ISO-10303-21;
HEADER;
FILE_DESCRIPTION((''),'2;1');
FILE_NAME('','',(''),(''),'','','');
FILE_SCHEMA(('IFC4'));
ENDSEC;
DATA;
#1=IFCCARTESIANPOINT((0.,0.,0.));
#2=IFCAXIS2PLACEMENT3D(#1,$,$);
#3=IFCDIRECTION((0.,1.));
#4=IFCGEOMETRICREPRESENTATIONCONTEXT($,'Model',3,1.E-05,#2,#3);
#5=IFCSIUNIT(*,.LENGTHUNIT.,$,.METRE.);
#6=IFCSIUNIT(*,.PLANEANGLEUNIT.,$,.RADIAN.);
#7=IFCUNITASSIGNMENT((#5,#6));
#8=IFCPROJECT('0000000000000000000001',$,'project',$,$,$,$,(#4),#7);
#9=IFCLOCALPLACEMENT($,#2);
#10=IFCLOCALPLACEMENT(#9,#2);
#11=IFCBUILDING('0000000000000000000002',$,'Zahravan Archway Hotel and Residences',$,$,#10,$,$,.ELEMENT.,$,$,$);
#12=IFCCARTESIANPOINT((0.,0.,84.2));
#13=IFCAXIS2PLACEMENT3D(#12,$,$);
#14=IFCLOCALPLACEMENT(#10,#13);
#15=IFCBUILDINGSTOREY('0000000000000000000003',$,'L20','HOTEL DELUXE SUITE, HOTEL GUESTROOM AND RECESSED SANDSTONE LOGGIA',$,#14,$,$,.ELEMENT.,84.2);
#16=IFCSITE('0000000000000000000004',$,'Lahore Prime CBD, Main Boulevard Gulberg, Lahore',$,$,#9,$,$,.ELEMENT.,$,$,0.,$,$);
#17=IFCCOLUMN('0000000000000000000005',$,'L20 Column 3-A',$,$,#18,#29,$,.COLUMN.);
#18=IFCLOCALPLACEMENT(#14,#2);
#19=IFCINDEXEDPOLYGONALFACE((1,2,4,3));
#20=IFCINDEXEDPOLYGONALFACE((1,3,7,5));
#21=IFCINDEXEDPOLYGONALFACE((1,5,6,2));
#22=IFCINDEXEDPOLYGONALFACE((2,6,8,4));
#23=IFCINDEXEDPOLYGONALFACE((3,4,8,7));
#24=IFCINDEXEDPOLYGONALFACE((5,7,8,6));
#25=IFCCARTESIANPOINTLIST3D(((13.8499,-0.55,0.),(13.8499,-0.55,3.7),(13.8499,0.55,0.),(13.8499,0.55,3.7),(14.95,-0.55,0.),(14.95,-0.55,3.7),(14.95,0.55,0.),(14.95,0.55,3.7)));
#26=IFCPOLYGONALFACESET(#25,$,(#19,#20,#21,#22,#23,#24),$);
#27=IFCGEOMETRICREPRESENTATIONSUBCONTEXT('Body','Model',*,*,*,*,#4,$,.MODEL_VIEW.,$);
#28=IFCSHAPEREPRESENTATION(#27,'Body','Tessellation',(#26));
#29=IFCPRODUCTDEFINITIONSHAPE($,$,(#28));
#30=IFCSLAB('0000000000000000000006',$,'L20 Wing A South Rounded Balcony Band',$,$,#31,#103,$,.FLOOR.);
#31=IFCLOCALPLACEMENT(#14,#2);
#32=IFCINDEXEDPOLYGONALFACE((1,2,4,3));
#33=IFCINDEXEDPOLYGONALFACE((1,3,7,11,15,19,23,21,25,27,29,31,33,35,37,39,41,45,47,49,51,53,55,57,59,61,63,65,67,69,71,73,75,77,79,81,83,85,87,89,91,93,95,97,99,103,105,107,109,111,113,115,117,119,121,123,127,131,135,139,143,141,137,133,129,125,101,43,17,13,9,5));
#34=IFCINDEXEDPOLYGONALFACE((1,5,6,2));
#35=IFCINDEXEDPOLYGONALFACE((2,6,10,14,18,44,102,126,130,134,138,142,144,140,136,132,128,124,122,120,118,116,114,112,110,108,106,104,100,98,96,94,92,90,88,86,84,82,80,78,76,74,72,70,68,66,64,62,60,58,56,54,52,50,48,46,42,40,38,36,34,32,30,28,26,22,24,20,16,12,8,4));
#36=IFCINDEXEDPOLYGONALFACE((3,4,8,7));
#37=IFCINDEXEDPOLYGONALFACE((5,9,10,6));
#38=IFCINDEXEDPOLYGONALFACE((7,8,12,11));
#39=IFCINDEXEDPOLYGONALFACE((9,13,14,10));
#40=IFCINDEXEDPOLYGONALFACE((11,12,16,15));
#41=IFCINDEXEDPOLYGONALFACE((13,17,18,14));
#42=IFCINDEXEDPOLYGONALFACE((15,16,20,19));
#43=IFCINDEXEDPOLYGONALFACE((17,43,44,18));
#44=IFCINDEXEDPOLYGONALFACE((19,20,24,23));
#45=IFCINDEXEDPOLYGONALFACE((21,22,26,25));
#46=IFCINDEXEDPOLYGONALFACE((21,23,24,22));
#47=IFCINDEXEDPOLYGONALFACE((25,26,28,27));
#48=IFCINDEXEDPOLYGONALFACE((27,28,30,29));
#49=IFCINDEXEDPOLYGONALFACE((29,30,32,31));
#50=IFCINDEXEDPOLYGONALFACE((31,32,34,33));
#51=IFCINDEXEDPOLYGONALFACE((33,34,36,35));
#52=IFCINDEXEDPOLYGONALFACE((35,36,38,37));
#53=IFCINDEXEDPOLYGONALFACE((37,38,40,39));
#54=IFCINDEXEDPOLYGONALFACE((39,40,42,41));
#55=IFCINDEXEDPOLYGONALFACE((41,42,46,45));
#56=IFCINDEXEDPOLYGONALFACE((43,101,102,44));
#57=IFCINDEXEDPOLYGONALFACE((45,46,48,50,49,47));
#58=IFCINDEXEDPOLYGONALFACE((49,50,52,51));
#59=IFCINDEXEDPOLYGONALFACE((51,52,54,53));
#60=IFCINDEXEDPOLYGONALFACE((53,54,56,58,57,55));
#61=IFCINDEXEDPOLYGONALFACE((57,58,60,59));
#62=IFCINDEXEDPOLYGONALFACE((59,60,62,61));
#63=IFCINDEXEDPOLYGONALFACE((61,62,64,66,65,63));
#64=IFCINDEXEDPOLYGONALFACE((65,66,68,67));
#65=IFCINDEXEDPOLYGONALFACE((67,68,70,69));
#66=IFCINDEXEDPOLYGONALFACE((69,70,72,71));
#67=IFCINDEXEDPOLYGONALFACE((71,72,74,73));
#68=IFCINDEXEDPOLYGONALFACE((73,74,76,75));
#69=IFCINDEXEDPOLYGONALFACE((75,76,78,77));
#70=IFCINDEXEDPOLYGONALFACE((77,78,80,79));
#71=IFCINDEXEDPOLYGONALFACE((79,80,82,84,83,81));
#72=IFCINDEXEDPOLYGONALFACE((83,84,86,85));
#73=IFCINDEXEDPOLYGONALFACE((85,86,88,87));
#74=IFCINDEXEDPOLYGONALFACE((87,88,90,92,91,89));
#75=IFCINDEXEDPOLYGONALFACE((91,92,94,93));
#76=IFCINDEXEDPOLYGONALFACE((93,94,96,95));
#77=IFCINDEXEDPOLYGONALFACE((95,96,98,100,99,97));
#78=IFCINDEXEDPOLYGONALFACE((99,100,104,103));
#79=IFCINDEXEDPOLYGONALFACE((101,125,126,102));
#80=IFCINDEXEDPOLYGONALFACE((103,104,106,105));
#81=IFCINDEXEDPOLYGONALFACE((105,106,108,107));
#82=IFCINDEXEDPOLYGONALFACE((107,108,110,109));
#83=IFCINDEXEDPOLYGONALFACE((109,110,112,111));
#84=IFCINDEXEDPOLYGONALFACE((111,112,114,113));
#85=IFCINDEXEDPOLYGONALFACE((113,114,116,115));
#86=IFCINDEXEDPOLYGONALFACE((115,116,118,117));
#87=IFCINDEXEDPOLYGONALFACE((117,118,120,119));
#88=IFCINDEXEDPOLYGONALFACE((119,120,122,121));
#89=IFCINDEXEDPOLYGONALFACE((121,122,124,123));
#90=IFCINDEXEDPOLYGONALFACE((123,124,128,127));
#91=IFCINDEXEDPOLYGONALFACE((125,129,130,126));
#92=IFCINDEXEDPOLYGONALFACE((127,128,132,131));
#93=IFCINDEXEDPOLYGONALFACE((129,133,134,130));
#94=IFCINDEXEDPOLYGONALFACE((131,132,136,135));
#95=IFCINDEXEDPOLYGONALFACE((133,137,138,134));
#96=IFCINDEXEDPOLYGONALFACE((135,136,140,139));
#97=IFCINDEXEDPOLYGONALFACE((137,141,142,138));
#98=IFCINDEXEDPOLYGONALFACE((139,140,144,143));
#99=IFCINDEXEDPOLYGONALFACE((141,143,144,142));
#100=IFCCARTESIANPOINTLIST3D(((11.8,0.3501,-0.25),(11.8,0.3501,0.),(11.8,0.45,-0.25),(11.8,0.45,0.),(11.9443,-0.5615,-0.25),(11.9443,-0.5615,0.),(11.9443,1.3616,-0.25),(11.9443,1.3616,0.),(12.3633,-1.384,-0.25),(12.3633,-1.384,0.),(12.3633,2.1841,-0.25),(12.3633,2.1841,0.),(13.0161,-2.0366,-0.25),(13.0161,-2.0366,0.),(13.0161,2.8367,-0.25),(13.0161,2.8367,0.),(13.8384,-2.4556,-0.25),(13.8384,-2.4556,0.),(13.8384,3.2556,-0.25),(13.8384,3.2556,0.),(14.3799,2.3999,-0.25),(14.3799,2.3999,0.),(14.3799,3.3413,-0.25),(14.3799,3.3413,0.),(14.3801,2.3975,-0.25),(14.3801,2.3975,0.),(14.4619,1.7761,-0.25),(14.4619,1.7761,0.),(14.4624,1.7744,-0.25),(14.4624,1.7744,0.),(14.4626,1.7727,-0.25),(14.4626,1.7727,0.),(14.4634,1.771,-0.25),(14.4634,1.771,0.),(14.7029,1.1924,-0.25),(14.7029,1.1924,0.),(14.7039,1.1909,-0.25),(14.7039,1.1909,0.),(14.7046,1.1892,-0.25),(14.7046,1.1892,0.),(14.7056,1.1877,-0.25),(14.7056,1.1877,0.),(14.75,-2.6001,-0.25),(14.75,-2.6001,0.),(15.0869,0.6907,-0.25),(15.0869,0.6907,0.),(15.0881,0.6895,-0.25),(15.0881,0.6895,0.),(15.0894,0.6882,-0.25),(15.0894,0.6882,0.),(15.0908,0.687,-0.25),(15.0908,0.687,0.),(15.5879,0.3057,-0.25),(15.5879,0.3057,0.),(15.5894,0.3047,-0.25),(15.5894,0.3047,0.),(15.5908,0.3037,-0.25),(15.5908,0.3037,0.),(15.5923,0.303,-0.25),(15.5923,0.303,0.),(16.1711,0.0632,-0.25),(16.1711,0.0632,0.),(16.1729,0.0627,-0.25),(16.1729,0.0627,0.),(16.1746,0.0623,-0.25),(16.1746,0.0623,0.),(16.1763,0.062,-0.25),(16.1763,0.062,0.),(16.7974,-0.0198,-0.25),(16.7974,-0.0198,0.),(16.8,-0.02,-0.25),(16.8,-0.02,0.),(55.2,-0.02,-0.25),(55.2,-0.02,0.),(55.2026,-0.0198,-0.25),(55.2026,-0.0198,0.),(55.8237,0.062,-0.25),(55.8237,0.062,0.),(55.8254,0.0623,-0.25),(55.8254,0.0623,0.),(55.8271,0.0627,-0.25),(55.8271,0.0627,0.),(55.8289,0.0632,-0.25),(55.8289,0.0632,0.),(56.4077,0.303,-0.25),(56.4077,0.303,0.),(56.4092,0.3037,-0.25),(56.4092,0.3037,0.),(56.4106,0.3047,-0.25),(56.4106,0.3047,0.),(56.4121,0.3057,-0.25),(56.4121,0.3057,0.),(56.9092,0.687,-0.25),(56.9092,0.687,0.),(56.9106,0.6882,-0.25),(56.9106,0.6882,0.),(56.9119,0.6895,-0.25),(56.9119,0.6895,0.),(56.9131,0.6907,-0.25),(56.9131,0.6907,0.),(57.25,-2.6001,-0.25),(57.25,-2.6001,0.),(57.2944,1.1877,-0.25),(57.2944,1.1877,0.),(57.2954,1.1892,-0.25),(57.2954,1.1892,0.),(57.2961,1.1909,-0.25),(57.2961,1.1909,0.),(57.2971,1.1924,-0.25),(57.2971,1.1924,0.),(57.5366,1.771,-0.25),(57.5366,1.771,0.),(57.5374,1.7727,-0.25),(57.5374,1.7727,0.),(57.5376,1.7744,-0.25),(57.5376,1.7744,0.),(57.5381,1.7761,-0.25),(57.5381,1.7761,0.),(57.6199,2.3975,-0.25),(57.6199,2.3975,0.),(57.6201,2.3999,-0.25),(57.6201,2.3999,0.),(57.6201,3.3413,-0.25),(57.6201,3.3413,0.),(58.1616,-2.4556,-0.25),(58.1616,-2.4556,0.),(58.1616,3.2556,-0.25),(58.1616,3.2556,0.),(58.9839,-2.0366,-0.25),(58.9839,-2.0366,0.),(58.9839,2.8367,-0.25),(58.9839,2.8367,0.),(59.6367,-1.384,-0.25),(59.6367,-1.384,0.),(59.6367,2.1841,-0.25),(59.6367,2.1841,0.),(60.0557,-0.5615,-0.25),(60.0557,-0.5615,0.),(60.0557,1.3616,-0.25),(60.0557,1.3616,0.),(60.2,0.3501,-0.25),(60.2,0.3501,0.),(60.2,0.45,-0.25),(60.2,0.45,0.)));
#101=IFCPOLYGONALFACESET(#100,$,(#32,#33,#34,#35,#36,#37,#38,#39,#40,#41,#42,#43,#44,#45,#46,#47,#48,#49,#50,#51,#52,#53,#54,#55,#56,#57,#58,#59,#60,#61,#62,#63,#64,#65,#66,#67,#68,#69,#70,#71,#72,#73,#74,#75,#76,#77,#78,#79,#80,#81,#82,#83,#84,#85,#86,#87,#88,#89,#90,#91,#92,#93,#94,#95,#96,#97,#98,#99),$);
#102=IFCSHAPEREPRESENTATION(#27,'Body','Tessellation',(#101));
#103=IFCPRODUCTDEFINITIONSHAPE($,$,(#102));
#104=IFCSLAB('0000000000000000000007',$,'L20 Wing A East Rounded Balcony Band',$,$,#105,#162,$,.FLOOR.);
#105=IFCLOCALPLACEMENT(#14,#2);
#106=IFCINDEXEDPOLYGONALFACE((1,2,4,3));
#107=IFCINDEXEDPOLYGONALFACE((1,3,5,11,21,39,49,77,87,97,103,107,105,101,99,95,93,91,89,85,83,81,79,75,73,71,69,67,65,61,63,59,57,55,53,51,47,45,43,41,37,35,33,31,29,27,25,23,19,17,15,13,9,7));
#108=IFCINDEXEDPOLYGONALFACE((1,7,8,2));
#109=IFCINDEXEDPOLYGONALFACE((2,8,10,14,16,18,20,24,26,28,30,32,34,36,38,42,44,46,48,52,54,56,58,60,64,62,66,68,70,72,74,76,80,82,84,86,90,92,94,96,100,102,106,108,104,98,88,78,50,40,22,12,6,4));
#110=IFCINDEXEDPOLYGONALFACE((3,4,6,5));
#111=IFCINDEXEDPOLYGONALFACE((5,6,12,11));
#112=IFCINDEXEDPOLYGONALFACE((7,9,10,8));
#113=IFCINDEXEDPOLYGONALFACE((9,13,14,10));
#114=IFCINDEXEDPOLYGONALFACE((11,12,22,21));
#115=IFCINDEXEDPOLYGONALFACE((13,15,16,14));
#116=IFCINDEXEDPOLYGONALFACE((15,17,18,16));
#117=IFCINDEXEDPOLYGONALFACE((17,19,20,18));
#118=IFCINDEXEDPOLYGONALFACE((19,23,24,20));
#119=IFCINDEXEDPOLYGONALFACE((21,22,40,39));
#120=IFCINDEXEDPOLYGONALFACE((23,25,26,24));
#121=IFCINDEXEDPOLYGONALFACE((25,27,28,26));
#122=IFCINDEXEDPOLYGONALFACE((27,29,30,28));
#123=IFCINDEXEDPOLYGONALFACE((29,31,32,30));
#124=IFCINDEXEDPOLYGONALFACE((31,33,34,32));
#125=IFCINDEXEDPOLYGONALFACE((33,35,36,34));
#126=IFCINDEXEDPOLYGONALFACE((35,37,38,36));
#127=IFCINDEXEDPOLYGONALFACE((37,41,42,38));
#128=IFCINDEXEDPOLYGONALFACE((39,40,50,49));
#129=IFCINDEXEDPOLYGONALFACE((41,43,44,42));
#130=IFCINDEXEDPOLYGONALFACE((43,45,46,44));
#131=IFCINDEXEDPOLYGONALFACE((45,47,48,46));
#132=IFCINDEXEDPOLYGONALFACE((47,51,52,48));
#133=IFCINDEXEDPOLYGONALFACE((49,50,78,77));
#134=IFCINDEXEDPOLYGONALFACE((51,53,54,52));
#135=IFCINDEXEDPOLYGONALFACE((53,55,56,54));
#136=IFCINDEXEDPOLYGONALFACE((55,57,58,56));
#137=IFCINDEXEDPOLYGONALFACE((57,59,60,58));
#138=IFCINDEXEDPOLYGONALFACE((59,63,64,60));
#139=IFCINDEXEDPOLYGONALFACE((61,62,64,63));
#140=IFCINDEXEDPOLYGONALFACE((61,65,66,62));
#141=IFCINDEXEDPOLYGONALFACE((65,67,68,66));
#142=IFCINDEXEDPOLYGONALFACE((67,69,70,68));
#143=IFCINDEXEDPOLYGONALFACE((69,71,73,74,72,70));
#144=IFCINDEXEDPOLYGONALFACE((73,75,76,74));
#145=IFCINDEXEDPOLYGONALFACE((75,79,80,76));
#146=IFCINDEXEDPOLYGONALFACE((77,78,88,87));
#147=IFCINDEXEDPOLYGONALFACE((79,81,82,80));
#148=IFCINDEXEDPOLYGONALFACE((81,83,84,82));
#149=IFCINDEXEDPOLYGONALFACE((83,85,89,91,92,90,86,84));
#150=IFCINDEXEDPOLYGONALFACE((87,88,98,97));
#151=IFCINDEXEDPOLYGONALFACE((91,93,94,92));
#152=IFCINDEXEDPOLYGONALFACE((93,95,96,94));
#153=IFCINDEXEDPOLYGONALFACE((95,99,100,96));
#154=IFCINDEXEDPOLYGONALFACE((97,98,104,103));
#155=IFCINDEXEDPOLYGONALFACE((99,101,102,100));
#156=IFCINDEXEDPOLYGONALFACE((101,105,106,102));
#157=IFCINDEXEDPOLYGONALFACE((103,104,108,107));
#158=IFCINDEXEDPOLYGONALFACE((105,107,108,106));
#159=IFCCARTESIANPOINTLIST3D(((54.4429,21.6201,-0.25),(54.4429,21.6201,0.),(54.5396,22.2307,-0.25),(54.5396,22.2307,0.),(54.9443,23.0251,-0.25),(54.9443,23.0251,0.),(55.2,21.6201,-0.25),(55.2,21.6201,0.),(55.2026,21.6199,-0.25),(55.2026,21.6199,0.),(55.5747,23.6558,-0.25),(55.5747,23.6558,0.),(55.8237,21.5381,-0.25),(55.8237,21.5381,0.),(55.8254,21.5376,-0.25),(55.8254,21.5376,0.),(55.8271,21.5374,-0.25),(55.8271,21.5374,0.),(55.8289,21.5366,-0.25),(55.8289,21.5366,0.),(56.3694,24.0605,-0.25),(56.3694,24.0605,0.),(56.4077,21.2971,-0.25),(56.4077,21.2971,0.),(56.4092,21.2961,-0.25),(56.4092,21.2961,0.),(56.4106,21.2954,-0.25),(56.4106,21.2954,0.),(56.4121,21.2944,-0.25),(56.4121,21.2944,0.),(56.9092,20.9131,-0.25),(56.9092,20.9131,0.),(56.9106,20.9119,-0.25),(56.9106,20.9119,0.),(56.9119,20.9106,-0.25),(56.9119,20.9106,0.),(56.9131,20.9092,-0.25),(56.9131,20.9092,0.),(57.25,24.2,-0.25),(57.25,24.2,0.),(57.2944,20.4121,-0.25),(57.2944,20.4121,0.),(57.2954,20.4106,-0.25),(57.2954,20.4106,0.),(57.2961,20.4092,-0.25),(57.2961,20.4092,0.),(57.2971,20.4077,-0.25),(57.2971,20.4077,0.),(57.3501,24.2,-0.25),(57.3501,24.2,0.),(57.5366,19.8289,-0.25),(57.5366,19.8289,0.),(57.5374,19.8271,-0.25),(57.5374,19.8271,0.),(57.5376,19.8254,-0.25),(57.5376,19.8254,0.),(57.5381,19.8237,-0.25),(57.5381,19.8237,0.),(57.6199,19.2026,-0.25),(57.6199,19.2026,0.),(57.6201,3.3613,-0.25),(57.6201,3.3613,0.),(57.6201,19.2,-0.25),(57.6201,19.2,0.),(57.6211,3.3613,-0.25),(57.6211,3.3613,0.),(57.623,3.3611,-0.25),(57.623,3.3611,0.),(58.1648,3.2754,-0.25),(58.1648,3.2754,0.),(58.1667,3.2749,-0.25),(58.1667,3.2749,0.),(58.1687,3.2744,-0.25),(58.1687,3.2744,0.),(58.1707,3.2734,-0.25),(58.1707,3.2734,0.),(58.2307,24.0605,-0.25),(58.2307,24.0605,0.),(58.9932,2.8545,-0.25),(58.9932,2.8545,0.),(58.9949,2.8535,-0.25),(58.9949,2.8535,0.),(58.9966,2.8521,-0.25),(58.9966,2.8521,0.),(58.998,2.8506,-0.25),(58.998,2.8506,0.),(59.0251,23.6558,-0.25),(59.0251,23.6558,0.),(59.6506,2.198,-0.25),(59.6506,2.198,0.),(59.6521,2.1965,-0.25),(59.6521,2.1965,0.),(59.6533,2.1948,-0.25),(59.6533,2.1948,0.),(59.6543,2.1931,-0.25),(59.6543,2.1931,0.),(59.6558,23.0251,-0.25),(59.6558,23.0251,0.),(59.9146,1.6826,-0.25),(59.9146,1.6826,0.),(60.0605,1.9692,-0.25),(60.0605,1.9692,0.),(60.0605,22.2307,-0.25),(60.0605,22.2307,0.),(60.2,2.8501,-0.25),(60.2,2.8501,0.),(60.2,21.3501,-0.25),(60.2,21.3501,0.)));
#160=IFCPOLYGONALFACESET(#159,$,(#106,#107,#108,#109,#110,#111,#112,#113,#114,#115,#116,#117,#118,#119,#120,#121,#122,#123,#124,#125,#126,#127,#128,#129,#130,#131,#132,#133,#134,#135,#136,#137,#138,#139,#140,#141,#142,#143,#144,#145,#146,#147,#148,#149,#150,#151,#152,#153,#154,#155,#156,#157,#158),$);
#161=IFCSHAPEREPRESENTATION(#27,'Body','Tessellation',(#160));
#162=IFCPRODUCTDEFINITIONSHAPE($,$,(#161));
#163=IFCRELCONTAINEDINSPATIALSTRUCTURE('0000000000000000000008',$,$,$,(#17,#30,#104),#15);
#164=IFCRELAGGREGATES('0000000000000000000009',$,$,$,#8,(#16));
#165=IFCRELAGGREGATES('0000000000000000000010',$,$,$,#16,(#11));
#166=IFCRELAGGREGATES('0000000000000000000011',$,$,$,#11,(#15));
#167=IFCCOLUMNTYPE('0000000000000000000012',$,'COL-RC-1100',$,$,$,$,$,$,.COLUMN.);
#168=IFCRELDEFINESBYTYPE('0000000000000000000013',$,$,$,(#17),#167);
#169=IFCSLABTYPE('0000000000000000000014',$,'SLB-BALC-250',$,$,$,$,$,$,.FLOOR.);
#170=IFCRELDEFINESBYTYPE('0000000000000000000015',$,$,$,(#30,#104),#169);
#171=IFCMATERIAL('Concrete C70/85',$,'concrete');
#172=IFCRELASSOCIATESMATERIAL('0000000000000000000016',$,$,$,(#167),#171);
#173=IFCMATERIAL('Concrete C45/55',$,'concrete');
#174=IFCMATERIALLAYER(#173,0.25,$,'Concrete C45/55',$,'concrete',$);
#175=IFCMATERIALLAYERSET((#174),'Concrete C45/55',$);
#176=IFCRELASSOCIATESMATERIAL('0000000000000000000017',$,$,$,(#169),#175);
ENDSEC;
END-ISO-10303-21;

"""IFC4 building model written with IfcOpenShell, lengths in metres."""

from ifc_helpers import new_model, si_unit, direction, frame, origin, origin_2d, place, context, subcontext, project, spatial, polyline, rectangle, outline, extrude, source, transform, mapped, material, layer, layer_set, material_profile, profile_set, type_object, element, save


model = new_model("IFC4")

# Units and contexts
model_context = context("Model", 3, precision=1e-05, world=origin(), true_north=direction((0.0, 1.0)))
body_context = subcontext(model_context, "Body", "Model", "MODEL_VIEW")
ifc_project = project(units=[si_unit("LENGTHUNIT", "METRE"), si_unit("PLANEANGLEUNIT", "RADIAN")], contexts=[model_context])

# Site, building, storey
site_placement = place(None, origin())
site = spatial("IfcSite", under=ifc_project, at=site_placement, Name="Lahore Prime CBD, Main Boulevard Gulberg, Lahore", CompositionType="ELEMENT", RefElevation=0.0)
building_placement = place(site_placement, origin())
building = spatial("IfcBuilding", under=site, at=building_placement, Name="Zahravan Archway Hotel and Residences", CompositionType="ELEMENT")
storey_placement = place(building_placement, frame((0.0, 0.0, 84.2)))
storey = spatial("IfcBuildingStorey", under=building, at=storey_placement, Name="L20", Description="HOTEL DELUXE SUITE, HOTEL GUESTROOM AND RECESSED SANDSTONE LOGGIA", CompositionType="ELEMENT", Elevation=84.2)

# Column
ifc_material_1 = material(Name="Concrete C70/85", Category="concrete")
ifc_material_profile = material_profile(ifc_material_1, rectangle(XDim=1.1001, YDim=1.1001, at=origin_2d()), Name="RC 1100x1100", Category="concrete")
ifc_profile_set = profile_set([ifc_material_profile], Name="Concrete C70/85")
column_type = type_object("IfcColumnType", Name="COL-RC-1100", PredefinedType="COLUMN", material=ifc_profile_set)
shared_shape = source(origin(), body_context, "Body", "SweptSolid", [
    extrude(rectangle(XDim=1.1001, YDim=1.1001, at=origin_2d()), origin(), (0.0, 0.0, 1.0), 3.7),
])
column_placement = place(storey_placement, frame((14.3999, 0.0, 0.0), z_axis=(0.0, 0.0, 1.0), x_axis=(1.0, 0.0, 0.0)))
element("IfcColumn", 1, at=column_placement, inside=storey, type_object=column_type, Name="L20 Column 3-A", PredefinedType="COLUMN", context=body_context, shape_type="MappedRepresentation", body=[
    mapped(shared_shape, transform((0.0, 0.0, 0.0), scale=1.0)),
])

# Slabs
ifc_material_2 = material(Name="Concrete C45/55", Category="concrete")
ifc_layer_1 = layer(ifc_material_2, 0.25, Name="Concrete C45/55", Category="concrete")
ifc_layer_set_1 = layer_set([ifc_layer_1], Name="Concrete C45/55")
slab_type_1 = type_object("IfcSlabType", Name="SLB-BALC-250", PredefinedType="FLOOR", material=ifc_layer_set_1)
slab_1_placement = place(storey_placement, frame((0.0, 0.0, -0.25)))
element("IfcSlab", 2, at=slab_1_placement, inside=storey, type_object=slab_type_1, Name="L20 Wing A South Rounded Balcony Band", PredefinedType="FLOOR", context=body_context, shape_type="SweptSolid", body=[
    extrude(outline(polyline([(58.1616, 3.2556), (58.9839, 2.8367), (59.6367, 2.1841), (60.0557, 1.3616), (60.2, 0.45), (60.2, 0.3501), (60.0557, -0.5615), (59.6367, -1.384), (58.9839, -2.0366), (58.1616, -2.4556), (57.25, -2.6001), (14.75, -2.6001), (13.8384, -2.4556), (13.0161, -2.0366), (12.3633, -1.384), (11.9443, -0.5615), (11.8, 0.3501), (11.8, 0.45), (11.9443, 1.3616), (12.3633, 2.1841), (13.0161, 2.8367), (13.8384, 3.2556), (14.3799, 3.3413), (14.3799, 2.3999), (14.3801, 2.3975), (14.4619, 1.7761), (14.4624, 1.7744), (14.4626, 1.7727), (14.4634, 1.771), (14.7029, 1.1924), (14.7039, 1.1909), (14.7046, 1.1892), (14.7056, 1.1877), (15.0869, 0.6907), (15.0881, 0.6895), (15.0894, 0.6882), (15.0908, 0.687), (15.5879, 0.3057), (15.5894, 0.3047), (15.5908, 0.3037), (15.5923, 0.303), (16.1711, 0.0632), (16.1729, 0.0627), (16.1746, 0.0623), (16.1763, 0.062), (16.7974, -0.0198), (16.8, -0.02), (55.2, -0.02), (55.2026, -0.0198), (55.8237, 0.062), (55.8254, 0.0623), (55.8271, 0.0627), (55.8289, 0.0632), (56.4077, 0.303), (56.4092, 0.3037), (56.4106, 0.3047), (56.4121, 0.3057), (56.9092, 0.687), (56.9106, 0.6882), (56.9119, 0.6895), (56.9131, 0.6907), (57.2944, 1.1877), (57.2954, 1.1892), (57.2961, 1.1909), (57.2971, 1.1924), (57.5366, 1.771), (57.5374, 1.7727), (57.5376, 1.7744), (57.5381, 1.7761), (57.6199, 2.3975), (57.6201, 2.3999), (57.6201, 3.3413), (58.1616, 3.2556)])), origin(), (0.0, 0.0, 1.0), 0.25),
])
slab_2_placement = place(storey_placement, frame((0.0, 0.0, -0.25)))
element("IfcSlab", 3, at=slab_2_placement, inside=storey, type_object=slab_type_1, Name="L20 Wing A East Rounded Balcony Band", PredefinedType="FLOOR", context=body_context, shape_type="SweptSolid", body=[
    extrude(outline(polyline([(54.5396, 22.2307), (54.9443, 23.0251), (55.5747, 23.6558), (56.3694, 24.0605), (57.25, 24.2), (57.3501, 24.2), (58.2307, 24.0605), (59.0251, 23.6558), (59.6558, 23.0251), (60.0605, 22.2307), (60.2, 21.3501), (60.2, 2.8501), (60.0605, 1.9692), (59.9146, 1.6826), (59.6543, 2.1931), (59.6533, 2.1948), (59.6521, 2.1965), (59.6506, 2.198), (58.998, 2.8506), (58.9966, 2.8521), (58.9949, 2.8535), (58.9932, 2.8545), (58.1707, 3.2734), (58.1687, 3.2744), (58.1667, 3.2749), (58.1648, 3.2754), (57.623, 3.3611), (57.6211, 3.3613), (57.6201, 3.3613), (57.6201, 19.2), (57.6199, 19.2026), (57.5381, 19.8237), (57.5376, 19.8254), (57.5374, 19.8271), (57.5366, 19.8289), (57.2971, 20.4077), (57.2961, 20.4092), (57.2954, 20.4106), (57.2944, 20.4121), (56.9131, 20.9092), (56.9119, 20.9106), (56.9106, 20.9119), (56.9092, 20.9131), (56.4121, 21.2944), (56.4106, 21.2954), (56.4092, 21.2961), (56.4077, 21.2971), (55.8289, 21.5366), (55.8271, 21.5374), (55.8254, 21.5376), (55.8237, 21.5381), (55.2026, 21.6199), (55.2, 21.6201), (54.4429, 21.6201), (54.5396, 22.2307)])), origin(), (0.0, 0.0, 1.0), 0.25),
])

save(model, "model.ifc")
